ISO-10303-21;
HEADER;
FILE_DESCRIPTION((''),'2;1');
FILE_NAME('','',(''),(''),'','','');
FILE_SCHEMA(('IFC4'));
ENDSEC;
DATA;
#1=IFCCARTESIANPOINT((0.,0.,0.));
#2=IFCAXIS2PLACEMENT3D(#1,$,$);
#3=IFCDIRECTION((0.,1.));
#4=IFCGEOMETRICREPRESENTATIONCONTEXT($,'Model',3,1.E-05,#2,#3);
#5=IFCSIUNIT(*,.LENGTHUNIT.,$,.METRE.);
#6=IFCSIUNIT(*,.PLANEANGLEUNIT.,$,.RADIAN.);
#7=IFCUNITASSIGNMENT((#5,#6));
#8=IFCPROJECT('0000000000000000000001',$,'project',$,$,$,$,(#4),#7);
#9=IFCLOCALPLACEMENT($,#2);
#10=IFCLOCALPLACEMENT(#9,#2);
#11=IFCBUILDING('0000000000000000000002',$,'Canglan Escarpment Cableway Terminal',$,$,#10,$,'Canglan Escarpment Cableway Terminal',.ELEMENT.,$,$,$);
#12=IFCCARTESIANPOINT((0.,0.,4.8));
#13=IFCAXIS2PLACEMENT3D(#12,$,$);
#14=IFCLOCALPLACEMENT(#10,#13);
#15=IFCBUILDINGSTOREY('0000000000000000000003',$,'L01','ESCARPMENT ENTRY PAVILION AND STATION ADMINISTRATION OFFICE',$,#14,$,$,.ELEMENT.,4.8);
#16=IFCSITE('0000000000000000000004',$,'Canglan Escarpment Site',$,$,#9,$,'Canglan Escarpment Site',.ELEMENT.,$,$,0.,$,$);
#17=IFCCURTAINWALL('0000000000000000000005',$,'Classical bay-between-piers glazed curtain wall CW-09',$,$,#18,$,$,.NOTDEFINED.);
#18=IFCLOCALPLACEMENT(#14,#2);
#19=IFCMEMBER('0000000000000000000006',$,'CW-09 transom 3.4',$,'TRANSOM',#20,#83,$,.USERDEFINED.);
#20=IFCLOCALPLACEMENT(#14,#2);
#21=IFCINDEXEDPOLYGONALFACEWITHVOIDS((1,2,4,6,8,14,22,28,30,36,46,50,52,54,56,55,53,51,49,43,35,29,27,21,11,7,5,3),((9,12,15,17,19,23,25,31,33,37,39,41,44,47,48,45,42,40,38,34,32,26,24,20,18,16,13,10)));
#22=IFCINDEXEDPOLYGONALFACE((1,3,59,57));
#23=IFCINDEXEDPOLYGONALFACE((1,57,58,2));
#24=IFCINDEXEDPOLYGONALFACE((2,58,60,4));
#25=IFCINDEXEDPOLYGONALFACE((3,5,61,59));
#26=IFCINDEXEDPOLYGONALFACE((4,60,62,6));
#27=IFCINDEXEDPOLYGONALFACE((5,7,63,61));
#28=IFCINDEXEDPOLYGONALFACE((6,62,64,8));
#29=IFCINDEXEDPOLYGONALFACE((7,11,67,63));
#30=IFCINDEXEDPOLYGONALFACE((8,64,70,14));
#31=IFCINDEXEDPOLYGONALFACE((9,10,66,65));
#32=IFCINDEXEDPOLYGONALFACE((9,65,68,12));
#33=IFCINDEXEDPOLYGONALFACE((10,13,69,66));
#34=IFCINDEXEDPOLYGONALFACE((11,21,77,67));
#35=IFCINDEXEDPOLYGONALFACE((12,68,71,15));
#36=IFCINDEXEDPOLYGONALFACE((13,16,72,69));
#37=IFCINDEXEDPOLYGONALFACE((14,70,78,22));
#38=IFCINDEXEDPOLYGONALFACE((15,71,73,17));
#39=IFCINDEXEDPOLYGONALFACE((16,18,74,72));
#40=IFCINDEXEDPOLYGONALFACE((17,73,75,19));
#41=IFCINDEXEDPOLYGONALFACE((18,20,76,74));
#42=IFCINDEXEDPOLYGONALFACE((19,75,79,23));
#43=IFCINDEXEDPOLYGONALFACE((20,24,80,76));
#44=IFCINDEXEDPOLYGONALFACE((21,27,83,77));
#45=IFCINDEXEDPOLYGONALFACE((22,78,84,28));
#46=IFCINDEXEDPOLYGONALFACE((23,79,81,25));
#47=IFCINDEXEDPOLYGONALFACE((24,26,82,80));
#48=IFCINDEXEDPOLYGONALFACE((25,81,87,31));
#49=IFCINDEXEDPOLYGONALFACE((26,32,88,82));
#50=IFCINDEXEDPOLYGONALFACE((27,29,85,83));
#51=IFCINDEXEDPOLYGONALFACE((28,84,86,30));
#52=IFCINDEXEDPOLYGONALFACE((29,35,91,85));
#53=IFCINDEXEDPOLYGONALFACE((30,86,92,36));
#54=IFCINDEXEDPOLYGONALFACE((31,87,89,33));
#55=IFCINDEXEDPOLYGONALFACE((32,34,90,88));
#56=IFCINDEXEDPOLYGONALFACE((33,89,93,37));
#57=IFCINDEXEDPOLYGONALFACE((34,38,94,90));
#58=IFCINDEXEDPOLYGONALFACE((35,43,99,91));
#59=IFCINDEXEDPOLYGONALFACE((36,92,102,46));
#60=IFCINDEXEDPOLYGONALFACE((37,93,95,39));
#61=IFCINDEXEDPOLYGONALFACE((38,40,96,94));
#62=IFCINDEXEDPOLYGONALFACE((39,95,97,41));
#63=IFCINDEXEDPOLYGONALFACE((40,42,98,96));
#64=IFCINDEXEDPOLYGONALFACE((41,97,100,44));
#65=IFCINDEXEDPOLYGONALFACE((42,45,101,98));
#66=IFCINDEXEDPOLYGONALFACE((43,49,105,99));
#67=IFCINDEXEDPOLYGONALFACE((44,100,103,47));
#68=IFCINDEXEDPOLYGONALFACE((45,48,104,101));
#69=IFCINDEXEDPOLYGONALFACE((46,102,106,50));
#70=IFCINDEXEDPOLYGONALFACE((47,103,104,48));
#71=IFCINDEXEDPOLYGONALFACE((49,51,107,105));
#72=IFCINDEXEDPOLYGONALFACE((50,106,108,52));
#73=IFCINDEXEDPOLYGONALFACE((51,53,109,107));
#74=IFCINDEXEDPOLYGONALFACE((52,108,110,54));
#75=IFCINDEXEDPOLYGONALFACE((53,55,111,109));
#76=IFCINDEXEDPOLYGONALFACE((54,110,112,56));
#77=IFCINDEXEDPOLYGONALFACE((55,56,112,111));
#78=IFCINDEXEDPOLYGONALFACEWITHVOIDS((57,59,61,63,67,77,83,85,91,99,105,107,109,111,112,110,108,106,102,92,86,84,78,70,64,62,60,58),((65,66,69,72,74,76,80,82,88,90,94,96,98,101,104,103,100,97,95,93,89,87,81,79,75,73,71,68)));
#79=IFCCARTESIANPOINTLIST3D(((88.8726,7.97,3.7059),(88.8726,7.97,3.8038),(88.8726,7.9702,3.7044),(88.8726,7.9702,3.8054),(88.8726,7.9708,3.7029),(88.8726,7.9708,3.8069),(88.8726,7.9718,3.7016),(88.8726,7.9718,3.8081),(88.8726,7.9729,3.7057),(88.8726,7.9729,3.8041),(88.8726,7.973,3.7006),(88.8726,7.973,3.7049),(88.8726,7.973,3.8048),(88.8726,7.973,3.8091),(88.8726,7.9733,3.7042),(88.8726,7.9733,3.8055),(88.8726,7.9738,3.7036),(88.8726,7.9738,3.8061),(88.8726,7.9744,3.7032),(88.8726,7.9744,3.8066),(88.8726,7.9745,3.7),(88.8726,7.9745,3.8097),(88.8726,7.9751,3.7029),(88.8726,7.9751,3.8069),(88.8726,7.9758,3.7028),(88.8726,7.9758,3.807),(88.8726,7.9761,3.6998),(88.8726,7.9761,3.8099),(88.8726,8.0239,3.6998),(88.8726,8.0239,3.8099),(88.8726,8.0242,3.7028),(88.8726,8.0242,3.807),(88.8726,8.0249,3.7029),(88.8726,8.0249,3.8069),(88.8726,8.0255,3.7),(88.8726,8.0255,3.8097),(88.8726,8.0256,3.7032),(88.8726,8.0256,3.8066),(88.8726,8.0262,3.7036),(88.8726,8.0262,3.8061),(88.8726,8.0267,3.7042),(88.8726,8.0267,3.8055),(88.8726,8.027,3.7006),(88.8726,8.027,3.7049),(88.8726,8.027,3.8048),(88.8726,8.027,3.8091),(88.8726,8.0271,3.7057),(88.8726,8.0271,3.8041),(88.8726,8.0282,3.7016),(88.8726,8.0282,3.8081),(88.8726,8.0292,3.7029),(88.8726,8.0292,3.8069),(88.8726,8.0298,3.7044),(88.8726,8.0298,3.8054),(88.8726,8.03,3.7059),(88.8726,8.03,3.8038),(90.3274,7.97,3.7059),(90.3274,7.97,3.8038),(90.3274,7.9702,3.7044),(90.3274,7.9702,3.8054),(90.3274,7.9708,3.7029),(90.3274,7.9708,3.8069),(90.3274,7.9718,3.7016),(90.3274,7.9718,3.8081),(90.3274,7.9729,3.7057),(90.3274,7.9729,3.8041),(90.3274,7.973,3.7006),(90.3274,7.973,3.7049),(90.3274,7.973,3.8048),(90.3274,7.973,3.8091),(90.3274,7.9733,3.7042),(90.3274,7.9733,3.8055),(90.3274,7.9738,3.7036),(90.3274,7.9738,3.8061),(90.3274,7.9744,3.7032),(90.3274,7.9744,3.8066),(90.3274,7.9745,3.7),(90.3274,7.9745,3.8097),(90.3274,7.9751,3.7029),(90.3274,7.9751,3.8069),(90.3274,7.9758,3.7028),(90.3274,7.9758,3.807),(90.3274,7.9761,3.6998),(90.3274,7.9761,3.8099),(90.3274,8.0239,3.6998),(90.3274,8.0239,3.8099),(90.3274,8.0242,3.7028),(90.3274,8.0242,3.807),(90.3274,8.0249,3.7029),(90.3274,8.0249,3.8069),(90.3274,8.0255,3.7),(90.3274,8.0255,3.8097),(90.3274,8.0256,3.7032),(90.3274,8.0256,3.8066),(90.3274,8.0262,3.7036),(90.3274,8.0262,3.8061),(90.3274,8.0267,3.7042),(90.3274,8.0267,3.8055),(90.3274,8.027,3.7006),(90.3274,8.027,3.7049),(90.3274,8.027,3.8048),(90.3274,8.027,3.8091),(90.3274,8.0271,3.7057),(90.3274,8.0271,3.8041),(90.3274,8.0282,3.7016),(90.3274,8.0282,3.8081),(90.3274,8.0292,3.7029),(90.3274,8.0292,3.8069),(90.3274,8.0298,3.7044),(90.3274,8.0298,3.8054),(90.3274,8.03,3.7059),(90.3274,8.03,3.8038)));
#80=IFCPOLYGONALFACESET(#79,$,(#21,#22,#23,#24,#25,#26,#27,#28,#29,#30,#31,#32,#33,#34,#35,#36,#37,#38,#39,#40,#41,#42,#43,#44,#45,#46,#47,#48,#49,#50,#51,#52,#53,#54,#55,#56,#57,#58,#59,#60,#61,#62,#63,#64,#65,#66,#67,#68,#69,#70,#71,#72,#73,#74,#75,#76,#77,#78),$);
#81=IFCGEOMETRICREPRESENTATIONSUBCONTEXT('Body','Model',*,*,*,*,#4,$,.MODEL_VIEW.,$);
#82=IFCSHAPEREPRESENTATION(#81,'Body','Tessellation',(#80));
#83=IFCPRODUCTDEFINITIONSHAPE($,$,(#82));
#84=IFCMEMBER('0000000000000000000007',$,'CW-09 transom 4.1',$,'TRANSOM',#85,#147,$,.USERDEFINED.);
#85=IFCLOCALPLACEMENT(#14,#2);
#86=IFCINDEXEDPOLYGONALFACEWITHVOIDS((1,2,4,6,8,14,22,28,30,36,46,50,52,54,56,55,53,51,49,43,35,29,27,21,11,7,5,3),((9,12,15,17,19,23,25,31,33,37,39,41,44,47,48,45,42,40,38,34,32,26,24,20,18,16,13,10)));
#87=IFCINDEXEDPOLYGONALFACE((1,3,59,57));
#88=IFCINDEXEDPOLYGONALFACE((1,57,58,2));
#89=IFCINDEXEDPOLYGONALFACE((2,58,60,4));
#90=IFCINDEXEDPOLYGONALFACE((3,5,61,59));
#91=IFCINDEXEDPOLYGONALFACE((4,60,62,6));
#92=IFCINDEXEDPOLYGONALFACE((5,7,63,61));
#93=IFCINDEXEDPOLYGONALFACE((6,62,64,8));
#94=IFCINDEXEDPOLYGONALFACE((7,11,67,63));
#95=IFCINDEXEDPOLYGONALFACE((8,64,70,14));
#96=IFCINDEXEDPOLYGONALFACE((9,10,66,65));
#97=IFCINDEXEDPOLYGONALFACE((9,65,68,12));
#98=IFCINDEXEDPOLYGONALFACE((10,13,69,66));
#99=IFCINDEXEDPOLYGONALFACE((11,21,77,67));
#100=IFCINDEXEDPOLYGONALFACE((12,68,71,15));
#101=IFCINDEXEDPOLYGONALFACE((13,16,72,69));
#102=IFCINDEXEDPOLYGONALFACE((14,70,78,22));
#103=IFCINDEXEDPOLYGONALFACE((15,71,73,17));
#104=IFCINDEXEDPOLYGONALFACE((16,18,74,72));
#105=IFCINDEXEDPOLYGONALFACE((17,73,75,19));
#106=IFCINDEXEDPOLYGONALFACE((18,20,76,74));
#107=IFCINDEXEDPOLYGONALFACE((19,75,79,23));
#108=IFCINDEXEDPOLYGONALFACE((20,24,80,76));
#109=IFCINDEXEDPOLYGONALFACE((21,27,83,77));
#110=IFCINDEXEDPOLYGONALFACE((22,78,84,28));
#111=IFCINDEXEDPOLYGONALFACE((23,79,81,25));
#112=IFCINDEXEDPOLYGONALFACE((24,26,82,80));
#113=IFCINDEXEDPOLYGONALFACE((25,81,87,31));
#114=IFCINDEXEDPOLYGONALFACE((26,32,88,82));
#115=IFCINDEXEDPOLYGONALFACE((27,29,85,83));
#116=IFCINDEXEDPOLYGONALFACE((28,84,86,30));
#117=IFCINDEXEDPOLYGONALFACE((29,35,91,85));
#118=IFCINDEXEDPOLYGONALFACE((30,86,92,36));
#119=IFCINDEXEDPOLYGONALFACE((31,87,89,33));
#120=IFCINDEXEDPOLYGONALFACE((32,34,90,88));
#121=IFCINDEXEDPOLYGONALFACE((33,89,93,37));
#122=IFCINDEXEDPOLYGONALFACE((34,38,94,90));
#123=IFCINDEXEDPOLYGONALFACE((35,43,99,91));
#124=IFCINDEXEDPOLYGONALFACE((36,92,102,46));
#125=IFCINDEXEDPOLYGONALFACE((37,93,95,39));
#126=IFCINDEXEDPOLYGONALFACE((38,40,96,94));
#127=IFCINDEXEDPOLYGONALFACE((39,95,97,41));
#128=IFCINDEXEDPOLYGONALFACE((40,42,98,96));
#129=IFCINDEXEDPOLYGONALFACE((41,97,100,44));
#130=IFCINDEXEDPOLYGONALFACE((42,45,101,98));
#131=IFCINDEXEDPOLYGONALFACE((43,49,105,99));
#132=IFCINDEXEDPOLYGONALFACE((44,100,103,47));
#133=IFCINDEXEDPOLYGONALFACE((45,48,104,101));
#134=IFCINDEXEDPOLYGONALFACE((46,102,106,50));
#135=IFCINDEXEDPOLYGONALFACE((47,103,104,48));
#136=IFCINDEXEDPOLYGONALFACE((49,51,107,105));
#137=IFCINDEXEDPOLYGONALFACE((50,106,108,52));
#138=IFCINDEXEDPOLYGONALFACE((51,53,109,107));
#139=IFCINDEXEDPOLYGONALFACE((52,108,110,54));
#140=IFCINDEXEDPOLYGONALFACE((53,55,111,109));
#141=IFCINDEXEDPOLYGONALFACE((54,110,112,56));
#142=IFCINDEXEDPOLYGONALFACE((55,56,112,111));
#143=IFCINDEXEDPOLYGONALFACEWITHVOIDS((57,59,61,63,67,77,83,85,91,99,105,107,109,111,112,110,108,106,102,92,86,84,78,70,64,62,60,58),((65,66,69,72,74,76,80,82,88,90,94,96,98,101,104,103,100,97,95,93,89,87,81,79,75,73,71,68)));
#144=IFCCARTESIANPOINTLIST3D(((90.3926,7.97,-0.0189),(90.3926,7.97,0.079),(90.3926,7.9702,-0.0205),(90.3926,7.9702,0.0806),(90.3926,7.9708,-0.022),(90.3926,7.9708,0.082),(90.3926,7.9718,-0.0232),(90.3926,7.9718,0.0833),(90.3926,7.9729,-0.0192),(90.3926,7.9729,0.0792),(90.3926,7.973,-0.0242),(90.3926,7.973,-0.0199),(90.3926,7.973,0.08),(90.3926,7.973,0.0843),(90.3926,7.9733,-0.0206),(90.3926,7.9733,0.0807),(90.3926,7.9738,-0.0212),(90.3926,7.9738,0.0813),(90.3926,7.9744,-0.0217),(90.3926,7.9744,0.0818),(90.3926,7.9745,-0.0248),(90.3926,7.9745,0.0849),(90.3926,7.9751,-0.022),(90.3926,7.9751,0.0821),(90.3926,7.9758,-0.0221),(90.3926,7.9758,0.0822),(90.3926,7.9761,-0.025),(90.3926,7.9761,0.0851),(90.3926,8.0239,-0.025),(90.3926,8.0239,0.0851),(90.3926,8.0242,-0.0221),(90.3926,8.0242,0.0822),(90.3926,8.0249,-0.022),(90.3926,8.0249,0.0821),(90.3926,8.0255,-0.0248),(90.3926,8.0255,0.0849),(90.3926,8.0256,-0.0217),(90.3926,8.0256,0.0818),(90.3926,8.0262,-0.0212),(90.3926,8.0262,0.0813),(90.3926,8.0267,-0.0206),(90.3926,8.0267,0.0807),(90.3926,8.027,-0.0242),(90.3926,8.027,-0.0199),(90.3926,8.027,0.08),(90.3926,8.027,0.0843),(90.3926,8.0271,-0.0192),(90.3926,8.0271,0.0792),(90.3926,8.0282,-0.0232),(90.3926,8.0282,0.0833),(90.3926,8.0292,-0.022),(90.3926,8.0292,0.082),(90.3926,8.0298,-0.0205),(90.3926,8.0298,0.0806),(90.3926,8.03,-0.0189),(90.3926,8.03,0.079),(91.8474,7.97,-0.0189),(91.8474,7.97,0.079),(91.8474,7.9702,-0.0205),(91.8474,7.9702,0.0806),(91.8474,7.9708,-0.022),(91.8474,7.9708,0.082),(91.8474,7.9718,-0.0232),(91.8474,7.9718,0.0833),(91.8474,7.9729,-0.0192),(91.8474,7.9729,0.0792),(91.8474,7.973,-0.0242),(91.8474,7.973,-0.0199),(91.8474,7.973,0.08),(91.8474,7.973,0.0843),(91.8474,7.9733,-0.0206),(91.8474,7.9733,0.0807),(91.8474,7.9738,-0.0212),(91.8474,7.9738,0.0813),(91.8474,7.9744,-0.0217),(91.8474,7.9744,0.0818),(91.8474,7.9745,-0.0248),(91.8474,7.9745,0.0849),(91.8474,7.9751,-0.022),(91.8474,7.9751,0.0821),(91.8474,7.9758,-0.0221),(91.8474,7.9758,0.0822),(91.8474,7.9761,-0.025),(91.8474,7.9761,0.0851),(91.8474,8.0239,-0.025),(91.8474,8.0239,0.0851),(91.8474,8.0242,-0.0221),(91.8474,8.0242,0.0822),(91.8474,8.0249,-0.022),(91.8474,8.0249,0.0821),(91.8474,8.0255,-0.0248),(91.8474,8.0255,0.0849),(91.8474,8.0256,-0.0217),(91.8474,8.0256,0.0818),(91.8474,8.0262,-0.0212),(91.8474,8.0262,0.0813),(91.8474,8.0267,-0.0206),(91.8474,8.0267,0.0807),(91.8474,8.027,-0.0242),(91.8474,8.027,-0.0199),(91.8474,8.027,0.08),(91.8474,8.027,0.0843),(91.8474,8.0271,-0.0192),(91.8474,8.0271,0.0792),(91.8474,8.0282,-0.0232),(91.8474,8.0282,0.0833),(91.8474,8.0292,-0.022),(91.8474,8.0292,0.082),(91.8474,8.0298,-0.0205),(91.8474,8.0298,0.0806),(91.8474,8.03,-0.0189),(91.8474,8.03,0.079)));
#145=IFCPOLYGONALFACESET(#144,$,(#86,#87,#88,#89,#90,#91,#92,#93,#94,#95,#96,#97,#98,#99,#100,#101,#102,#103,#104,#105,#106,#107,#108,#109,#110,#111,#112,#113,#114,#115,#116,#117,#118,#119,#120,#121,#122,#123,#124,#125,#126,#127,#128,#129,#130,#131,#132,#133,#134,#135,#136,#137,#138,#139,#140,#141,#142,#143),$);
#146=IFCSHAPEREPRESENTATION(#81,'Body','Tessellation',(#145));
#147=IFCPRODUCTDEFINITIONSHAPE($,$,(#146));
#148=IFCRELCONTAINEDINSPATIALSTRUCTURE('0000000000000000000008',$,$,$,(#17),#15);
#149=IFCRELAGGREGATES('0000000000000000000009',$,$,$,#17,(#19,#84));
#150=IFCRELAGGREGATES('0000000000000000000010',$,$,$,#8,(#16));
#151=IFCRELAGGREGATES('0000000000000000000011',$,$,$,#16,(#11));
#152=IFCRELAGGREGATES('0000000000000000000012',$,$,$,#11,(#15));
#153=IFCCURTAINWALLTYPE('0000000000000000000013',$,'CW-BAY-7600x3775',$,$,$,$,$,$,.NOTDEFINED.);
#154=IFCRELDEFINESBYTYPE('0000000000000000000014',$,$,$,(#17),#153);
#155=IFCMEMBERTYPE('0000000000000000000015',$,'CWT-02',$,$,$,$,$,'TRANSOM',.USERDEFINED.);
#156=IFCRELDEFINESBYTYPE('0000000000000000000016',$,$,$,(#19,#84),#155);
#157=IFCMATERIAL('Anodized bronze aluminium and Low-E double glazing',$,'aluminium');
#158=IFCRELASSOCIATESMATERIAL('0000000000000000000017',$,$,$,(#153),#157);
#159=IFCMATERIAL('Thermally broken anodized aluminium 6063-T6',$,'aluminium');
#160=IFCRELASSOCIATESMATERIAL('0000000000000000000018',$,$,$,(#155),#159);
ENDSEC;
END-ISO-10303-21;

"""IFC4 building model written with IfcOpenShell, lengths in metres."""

from ifc_helpers import new_model, si_unit, direction, frame, origin, origin_2d, place, context, subcontext, project, spatial, hollow_rectangle, extrude, material, material_profile, profile_set, type_object, element, aggregate, save


model = new_model("IFC4")

# Units and contexts
model_context = context("Model", 3, precision=1e-05, world=origin(), true_north=direction((0.0, 1.0)))
body_context = subcontext(model_context, "Body", "Model", "MODEL_VIEW")
ifc_project = project(units=[si_unit("LENGTHUNIT", "METRE"), si_unit("PLANEANGLEUNIT", "RADIAN")], contexts=[model_context])

# Site, building, storey
site_placement = place(None, origin())
site = spatial("IfcSite", under=ifc_project, at=site_placement, Name="Canglan Escarpment Site", LongName="Canglan Escarpment Site", CompositionType="ELEMENT", RefElevation=0.0)
building_placement = place(site_placement, origin())
building = spatial("IfcBuilding", under=site, at=building_placement, Name="Canglan Escarpment Cableway Terminal", LongName="Canglan Escarpment Cableway Terminal", CompositionType="ELEMENT")
storey_placement = place(building_placement, frame((0.0, 0.0, 4.8)))
storey = spatial("IfcBuildingStorey", under=building, at=storey_placement, Name="L01", Description="ESCARPMENT ENTRY PAVILION AND STATION ADMINISTRATION OFFICE", CompositionType="ELEMENT", Elevation=4.8)

# Curtain wall, members
ifc_material_1 = material(Name="Anodized bronze aluminium and Low-E double glazing", Category="aluminium")
curtain_wall_type = type_object("IfcCurtainWallType", Name="CW-BAY-7600x3775", PredefinedType="NOTDEFINED", material=ifc_material_1)
curtain_wall_placement = place(storey_placement, origin())
curtain_wall = element("IfcCurtainWall", 1, at=curtain_wall_placement, inside=storey, type_object=curtain_wall_type, Name="Classical bay-between-piers glazed curtain wall CW-09", PredefinedType="NOTDEFINED")
ifc_material_2 = material(Name="Thermally broken anodized aluminium 6063-T6", Category="aluminium")
ifc_material_profile_1 = material_profile(ifc_material_2, hollow_rectangle(XDim=0.0601, YDim=0.1101, WallThickness=0.0029, InnerFilletRadius=0.0029, OuterFilletRadius=0.0061, at=origin_2d()), Name="ALU-TRAN 60x110x3")
ifc_profile_set_1 = profile_set([ifc_material_profile_1], Name="Thermally broken anodized aluminium 6063-T6")
member_type_1 = type_object("IfcMemberType", Name="CWT-02", ElementType="TRANSOM", PredefinedType="USERDEFINED", material=ifc_profile_set_1)
member_1_placement = place(storey_placement, frame((88.8726, 8.0, 3.7549), z_axis=(1.0, 0.0, 0.0), x_axis=(0.0, 1.0, 0.0)))
member_1 = element("IfcMember", 2, at=member_1_placement, type_object=member_type_1, Name="CW-09 transom 3.4", ObjectType="TRANSOM", PredefinedType="USERDEFINED", context=body_context, shape_type="SweptSolid", body=[
    extrude(hollow_rectangle(XDim=0.0601, YDim=0.1101, WallThickness=0.0029, InnerFilletRadius=0.0029, OuterFilletRadius=0.0061, at=origin_2d()), origin(), (0.0, 0.0, 1.0), 1.4548),
])
member_2_placement = place(storey_placement, frame((90.3926, 8.0, 0.03), z_axis=(1.0, 0.0, 0.0), x_axis=(0.0, 1.0, 0.0)))
member_2 = element("IfcMember", 3, at=member_2_placement, type_object=member_type_1, Name="CW-09 transom 4.1", ObjectType="TRANSOM", PredefinedType="USERDEFINED", context=body_context, shape_type="SweptSolid", body=[
    extrude(hollow_rectangle(XDim=0.0601, YDim=0.1101, WallThickness=0.0029, InnerFilletRadius=0.0029, OuterFilletRadius=0.0061, at=origin_2d()), origin(), (0.0, 0.0, 1.0), 1.4548),
])
aggregate(curtain_wall, [member_1, member_2])

save(model, "model.ifc")
